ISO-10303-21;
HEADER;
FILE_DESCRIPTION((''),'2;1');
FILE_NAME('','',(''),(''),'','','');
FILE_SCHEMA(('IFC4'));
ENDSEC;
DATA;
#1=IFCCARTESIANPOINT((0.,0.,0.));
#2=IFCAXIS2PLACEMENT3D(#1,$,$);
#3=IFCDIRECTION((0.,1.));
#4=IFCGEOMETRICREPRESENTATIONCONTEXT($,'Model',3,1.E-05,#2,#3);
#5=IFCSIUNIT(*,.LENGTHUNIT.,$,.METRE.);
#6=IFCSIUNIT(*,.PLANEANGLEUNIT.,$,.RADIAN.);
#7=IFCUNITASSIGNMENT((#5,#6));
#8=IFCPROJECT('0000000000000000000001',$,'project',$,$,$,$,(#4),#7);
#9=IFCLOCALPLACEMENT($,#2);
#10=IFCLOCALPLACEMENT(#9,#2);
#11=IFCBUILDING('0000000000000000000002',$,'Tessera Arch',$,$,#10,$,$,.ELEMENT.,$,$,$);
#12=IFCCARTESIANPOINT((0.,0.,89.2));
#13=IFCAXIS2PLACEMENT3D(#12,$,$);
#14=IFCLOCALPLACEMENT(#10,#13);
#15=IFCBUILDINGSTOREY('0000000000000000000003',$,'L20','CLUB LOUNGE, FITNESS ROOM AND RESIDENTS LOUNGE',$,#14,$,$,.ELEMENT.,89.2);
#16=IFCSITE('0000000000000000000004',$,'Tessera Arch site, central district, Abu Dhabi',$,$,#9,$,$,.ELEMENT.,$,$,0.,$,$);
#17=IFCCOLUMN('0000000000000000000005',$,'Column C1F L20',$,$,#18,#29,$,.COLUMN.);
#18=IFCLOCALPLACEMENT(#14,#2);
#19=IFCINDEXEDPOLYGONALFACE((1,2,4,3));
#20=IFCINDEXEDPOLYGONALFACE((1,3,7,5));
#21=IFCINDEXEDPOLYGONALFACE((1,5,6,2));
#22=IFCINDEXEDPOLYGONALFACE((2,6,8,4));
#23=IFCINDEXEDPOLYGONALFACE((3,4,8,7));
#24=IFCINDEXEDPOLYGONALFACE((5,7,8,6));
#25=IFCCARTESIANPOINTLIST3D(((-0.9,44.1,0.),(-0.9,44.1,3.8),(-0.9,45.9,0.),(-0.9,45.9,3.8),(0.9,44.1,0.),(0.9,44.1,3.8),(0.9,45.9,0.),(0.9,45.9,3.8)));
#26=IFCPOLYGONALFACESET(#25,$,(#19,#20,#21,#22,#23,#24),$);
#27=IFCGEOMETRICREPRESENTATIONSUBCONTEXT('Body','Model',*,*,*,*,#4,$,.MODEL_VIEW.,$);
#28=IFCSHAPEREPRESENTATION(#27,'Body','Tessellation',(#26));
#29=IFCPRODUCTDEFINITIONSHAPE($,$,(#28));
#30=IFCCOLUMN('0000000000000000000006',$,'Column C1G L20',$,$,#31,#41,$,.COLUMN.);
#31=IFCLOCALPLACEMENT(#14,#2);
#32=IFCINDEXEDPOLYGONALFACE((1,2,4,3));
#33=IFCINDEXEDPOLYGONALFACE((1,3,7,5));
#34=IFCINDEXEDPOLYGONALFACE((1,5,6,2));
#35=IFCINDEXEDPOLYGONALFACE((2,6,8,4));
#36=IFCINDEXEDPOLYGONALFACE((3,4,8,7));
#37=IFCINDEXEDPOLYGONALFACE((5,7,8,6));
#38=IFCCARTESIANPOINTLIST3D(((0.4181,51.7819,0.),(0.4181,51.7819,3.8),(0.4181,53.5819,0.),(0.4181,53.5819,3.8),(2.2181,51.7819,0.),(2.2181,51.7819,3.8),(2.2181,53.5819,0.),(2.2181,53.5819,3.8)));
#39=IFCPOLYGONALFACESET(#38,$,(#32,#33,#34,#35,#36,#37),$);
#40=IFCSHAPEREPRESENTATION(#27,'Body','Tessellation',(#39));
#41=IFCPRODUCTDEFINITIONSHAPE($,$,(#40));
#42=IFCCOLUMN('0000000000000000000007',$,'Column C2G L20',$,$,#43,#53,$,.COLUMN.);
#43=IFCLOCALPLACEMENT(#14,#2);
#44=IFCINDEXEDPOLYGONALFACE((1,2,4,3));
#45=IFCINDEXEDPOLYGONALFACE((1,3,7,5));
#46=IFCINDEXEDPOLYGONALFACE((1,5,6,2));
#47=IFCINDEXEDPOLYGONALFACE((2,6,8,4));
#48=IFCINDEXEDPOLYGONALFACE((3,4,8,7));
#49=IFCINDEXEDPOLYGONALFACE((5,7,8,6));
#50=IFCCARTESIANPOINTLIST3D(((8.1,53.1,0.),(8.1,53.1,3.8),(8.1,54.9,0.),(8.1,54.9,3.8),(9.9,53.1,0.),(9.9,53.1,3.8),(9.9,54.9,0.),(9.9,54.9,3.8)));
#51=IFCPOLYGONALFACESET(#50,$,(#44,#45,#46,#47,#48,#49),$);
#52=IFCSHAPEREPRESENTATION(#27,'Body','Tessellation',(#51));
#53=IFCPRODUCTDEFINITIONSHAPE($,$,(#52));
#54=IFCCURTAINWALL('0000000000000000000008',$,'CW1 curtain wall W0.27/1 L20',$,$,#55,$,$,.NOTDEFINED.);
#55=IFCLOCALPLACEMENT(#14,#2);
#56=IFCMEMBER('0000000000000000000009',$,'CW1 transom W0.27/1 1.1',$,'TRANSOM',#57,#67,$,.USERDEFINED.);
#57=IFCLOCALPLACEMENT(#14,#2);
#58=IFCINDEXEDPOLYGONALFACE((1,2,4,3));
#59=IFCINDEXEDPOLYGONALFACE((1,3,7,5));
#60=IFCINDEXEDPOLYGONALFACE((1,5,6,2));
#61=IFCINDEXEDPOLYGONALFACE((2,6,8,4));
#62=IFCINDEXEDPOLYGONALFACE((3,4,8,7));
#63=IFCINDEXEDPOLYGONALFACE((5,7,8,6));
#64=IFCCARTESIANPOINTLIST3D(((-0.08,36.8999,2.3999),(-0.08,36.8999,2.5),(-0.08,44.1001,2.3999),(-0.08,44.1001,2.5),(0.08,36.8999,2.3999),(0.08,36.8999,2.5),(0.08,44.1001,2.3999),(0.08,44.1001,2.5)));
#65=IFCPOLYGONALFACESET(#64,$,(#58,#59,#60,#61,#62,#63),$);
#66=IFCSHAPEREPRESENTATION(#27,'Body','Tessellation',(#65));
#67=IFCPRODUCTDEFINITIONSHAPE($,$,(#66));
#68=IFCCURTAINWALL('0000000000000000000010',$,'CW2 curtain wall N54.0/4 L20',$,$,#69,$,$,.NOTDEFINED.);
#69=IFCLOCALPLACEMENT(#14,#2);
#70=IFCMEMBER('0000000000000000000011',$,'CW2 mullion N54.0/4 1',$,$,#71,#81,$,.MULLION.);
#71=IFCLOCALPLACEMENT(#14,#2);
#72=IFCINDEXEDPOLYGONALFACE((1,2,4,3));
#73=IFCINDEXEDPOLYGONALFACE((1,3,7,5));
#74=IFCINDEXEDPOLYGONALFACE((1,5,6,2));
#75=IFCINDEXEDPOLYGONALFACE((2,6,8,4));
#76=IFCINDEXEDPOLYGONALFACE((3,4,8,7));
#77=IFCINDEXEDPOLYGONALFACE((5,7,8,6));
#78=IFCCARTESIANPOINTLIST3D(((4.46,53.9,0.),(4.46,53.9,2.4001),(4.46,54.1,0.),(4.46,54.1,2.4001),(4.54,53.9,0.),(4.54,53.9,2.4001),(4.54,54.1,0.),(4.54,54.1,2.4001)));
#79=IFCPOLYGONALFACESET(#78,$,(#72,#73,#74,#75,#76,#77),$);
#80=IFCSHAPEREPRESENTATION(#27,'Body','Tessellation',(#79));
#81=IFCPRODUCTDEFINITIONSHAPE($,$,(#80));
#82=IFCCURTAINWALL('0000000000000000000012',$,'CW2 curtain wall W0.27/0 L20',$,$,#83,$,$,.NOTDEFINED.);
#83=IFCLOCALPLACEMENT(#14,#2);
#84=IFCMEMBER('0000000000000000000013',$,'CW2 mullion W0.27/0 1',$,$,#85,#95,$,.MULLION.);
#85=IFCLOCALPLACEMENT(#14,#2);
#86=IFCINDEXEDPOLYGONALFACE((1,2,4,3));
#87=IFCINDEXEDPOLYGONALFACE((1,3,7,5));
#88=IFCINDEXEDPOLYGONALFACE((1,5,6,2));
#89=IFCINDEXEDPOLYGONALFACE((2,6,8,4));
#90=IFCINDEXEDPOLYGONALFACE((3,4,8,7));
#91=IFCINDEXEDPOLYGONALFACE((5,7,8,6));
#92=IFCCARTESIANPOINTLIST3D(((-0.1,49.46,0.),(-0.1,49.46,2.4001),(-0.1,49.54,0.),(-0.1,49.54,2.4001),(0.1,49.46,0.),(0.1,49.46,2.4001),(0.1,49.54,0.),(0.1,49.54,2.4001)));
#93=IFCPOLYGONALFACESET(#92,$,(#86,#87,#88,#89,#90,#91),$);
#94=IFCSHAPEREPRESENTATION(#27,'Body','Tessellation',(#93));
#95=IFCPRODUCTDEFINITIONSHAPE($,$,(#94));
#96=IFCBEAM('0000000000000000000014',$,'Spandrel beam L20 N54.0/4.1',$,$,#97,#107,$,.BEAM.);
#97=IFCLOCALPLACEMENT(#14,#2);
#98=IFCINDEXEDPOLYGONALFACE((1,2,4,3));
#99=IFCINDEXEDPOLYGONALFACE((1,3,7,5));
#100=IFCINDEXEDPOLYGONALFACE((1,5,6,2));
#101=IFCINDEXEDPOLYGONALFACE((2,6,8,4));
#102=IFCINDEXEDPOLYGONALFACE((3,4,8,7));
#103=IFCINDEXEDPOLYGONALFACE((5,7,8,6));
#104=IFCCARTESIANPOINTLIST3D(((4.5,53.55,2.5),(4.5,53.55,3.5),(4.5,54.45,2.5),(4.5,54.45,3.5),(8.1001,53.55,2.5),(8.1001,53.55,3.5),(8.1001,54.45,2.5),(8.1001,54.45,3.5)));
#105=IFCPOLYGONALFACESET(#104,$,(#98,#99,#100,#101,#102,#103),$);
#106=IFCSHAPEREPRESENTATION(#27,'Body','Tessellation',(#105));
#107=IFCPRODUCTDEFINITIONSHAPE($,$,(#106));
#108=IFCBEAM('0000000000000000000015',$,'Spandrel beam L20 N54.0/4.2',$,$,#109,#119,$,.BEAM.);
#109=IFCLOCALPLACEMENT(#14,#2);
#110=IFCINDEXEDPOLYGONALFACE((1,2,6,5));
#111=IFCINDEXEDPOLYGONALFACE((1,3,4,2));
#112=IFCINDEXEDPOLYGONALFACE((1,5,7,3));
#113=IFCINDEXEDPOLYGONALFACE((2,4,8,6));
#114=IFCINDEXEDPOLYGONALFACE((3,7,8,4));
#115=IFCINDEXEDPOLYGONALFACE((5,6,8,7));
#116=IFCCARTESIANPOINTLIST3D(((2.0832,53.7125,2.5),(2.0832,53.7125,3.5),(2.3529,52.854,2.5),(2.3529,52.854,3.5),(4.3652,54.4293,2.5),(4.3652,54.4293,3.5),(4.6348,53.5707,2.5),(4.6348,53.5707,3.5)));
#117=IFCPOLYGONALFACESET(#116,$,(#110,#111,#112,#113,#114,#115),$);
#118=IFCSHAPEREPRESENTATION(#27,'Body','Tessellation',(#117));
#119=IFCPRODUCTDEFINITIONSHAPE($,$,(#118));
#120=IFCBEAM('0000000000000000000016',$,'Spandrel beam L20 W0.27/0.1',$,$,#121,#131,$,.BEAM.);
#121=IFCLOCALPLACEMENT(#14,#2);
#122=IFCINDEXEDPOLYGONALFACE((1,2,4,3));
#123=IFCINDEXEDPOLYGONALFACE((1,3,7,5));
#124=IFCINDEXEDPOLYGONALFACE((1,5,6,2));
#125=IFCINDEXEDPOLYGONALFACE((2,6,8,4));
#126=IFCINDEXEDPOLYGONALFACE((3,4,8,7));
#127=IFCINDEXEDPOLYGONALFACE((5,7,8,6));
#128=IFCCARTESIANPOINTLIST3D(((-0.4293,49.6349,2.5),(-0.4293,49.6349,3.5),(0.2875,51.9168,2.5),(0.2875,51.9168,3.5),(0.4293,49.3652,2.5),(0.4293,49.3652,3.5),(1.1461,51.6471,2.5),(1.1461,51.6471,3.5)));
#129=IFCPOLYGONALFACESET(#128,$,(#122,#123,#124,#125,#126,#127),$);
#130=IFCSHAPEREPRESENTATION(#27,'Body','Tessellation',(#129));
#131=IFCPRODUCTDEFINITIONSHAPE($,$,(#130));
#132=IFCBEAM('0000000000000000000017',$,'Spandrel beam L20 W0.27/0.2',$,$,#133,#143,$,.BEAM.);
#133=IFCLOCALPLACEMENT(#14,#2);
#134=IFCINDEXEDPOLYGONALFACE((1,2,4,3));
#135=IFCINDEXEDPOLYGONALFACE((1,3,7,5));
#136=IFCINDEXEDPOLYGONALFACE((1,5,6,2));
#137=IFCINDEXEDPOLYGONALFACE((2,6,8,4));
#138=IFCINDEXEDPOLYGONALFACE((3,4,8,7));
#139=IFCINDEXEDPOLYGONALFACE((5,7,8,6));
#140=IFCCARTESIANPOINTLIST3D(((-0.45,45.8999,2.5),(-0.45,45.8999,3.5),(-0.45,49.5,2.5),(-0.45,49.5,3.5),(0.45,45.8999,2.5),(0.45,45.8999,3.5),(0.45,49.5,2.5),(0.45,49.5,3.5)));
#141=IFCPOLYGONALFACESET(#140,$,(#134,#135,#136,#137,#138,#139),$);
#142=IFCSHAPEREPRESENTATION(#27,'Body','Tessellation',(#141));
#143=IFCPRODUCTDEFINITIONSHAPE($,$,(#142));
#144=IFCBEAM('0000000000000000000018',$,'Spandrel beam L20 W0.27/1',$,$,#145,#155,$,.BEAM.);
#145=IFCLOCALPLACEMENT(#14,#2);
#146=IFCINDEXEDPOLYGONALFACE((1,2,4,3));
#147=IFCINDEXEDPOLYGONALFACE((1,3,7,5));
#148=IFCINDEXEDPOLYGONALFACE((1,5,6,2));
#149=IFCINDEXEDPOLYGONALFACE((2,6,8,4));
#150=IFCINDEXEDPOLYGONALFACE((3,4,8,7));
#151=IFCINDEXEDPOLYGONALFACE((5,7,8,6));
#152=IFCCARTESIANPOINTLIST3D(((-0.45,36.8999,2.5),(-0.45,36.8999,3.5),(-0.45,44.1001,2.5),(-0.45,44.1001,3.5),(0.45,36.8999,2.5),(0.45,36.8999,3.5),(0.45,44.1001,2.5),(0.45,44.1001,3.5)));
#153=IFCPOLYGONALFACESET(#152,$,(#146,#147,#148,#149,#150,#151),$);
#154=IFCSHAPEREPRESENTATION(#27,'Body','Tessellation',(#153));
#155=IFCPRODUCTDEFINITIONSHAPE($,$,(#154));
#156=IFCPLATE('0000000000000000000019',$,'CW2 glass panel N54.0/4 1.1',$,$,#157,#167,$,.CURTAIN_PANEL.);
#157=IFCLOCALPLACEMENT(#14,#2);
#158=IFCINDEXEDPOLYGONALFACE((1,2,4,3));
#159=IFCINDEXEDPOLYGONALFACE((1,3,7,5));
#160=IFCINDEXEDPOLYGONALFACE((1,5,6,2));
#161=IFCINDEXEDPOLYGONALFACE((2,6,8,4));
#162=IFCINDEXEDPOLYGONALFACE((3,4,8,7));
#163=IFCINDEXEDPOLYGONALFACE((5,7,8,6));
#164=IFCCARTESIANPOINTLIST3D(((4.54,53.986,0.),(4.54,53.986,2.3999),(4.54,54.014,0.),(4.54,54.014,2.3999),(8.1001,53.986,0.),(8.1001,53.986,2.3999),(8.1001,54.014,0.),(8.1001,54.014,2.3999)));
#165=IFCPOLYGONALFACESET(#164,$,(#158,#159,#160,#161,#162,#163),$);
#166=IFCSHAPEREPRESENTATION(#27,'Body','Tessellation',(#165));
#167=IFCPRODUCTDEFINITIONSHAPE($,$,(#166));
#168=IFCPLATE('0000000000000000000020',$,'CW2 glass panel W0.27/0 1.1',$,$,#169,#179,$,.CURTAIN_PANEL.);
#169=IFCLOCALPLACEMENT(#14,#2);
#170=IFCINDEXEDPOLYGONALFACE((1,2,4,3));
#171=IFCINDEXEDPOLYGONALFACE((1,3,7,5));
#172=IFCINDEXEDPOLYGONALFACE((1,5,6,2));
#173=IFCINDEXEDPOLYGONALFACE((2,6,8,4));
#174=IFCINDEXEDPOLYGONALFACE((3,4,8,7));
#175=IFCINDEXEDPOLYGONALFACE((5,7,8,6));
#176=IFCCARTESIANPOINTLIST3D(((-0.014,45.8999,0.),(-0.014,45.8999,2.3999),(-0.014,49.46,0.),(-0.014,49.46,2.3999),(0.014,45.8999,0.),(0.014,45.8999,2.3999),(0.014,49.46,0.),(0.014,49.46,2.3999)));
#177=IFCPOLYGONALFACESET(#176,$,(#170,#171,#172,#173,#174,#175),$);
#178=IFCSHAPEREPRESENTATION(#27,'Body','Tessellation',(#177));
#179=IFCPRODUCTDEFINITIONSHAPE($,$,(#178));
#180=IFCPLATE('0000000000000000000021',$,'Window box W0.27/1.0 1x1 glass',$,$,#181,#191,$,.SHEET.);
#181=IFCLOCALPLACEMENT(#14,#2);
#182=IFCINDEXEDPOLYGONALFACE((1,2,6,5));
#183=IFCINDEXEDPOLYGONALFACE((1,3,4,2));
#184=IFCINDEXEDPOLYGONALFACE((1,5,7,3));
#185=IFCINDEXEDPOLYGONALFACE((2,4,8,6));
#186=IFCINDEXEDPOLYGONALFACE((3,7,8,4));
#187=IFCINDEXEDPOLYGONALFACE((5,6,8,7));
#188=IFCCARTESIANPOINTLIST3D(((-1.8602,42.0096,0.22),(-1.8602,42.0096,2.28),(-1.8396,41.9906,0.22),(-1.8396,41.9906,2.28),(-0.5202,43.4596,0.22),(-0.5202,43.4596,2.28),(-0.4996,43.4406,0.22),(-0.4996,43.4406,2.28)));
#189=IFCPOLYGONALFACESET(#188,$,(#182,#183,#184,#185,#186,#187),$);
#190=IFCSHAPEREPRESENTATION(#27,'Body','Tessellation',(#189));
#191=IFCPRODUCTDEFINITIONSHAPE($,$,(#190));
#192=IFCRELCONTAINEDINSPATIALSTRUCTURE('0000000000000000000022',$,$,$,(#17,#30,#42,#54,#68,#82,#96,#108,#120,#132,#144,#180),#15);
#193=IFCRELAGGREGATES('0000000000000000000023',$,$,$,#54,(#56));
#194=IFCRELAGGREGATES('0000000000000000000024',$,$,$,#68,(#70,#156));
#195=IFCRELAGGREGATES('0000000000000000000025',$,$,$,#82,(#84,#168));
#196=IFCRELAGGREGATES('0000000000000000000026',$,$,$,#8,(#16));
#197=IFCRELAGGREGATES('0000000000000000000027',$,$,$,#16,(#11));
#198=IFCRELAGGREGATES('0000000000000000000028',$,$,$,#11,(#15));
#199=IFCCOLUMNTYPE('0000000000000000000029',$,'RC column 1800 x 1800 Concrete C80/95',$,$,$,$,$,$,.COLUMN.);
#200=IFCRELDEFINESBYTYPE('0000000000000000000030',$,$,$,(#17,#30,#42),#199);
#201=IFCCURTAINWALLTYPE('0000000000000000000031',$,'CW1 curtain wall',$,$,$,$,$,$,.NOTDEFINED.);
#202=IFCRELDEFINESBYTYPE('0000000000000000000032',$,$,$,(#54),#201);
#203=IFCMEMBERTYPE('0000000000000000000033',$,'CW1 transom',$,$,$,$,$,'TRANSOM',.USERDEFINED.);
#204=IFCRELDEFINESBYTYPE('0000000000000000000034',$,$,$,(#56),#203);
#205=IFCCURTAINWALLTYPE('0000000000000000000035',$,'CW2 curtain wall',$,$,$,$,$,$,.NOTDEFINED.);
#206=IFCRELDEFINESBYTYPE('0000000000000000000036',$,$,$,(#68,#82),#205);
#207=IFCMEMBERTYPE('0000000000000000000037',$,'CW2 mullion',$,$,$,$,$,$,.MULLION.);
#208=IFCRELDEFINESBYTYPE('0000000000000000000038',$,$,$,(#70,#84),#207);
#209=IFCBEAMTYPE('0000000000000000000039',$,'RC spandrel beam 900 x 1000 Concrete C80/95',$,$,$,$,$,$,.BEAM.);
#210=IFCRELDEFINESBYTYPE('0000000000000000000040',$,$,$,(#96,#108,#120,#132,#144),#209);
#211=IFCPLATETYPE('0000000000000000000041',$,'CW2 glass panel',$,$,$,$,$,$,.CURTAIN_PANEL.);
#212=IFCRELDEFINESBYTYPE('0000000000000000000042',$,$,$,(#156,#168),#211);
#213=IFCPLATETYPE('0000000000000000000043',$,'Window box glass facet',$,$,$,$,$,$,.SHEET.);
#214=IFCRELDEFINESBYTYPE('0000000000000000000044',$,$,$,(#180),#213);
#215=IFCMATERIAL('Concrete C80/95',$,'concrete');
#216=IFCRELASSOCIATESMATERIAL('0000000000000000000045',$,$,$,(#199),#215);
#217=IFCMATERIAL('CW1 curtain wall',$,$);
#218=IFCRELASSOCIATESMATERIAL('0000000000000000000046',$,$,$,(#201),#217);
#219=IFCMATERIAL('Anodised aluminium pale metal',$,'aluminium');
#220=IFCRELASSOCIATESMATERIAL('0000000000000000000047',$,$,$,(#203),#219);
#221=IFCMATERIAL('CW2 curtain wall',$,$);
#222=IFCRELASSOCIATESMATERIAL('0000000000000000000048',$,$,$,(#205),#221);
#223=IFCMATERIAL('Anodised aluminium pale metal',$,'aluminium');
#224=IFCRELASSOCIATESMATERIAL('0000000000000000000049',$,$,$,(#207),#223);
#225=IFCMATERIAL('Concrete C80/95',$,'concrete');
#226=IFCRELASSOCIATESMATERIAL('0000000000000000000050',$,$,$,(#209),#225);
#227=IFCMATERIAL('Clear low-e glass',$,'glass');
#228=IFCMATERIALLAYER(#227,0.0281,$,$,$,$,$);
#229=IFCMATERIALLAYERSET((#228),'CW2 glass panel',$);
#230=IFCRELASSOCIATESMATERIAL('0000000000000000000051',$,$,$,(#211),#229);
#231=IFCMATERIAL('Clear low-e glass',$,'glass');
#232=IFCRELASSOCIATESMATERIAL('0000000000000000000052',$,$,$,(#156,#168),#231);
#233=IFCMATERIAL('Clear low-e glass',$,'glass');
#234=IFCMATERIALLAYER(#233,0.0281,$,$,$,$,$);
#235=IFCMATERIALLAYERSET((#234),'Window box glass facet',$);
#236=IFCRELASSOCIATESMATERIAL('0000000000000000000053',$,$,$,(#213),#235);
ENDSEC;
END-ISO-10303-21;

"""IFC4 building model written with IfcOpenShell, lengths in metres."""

from ifc_helpers import new_model, si_unit, direction, frame, origin, origin_2d, place, context, subcontext, project, spatial, rectangle, extrude, material, layer, layer_set, material_profile, profile_set, type_object, element, aggregate, save


model = new_model("IFC4")

# Units and contexts
model_context = context("Model", 3, precision=1e-05, world=origin(), true_north=direction((0.0, 1.0)))
body_context = subcontext(model_context, "Body", "Model", "MODEL_VIEW")
ifc_project = project(units=[si_unit("LENGTHUNIT", "METRE"), si_unit("PLANEANGLEUNIT", "RADIAN")], contexts=[model_context])

# Site, building, storey
site_placement = place(None, origin())
site = spatial("IfcSite", under=ifc_project, at=site_placement, Name="Tessera Arch site, central district, Abu Dhabi", CompositionType="ELEMENT", RefElevation=0.0)
building_placement = place(site_placement, origin())
building = spatial("IfcBuilding", under=site, at=building_placement, Name="Tessera Arch", CompositionType="ELEMENT")
storey_placement = place(building_placement, frame((0.0, 0.0, 89.2)))
storey = spatial("IfcBuildingStorey", under=building, at=storey_placement, Name="L20", Description="CLUB LOUNGE, FITNESS ROOM AND RESIDENTS LOUNGE", CompositionType="ELEMENT", Elevation=89.2)

# Columns
ifc_material_1 = material(Name="Concrete C80/95", Category="concrete")
ifc_material_profile_1 = material_profile(ifc_material_1, rectangle(XDim=1.8, YDim=1.8, at=origin_2d()), Name="RC column 1800 x 1800 Concrete C80/95")
ifc_profile_set_1 = profile_set([ifc_material_profile_1], Name="Concrete C80/95")
column_type = type_object("IfcColumnType", Name="RC column 1800 x 1800 Concrete C80/95", PredefinedType="COLUMN", material=ifc_profile_set_1)
for number, where, z_axis, x_axis, name in (
    (1, (0.0, 45.0, 0.0), (0.0, 0.0, 1.0), (1.0, 0.0, 0.0), "Column C1F L20"),
    (2, (1.3181, 52.6819, 0.0), (0.0, 0.0, 1.0), (1.0, 0.0, 0.0), "Column C1G L20"),
    (3, (9.0, 54.0, 0.0), (0.0, 0.0, 1.0), (1.0, 0.0, 0.0), "Column C2G L20"),
):
    element("IfcColumn", number, at=place(storey_placement, frame(where, z_axis=z_axis, x_axis=x_axis)), inside=storey, type_object=column_type, Name=name, PredefinedType="COLUMN", context=body_context, shape_type="SweptSolid", body=[
        extrude(rectangle(XDim=1.8, YDim=1.8, at=origin_2d()), origin(), (0.0, 0.0, 1.0), 3.8),
    ])

# Curtain walls, members
ifc_material_2 = material(Name="CW1 curtain wall")
curtain_wall_type_1 = type_object("IfcCurtainWallType", Name="CW1 curtain wall", PredefinedType="NOTDEFINED", material=ifc_material_2)
curtain_wall_1_placement = place(storey_placement, origin())
curtain_wall_1 = element("IfcCurtainWall", 4, at=curtain_wall_1_placement, inside=storey, type_object=curtain_wall_type_1, Name="CW1 curtain wall W0.27/1 L20", PredefinedType="NOTDEFINED")
ifc_material_3 = material(Name="Anodised aluminium pale metal", Category="aluminium")
ifc_material_profile_2 = material_profile(ifc_material_3, rectangle(XDim=0.1599, YDim=0.1001, at=origin_2d()), Name="AL 160x100")
ifc_profile_set_2 = profile_set([ifc_material_profile_2], Name="Anodised aluminium pale metal")
member_type_1 = type_object("IfcMemberType", Name="CW1 transom", ElementType="TRANSOM", PredefinedType="USERDEFINED", material=ifc_profile_set_2)
member_1_placement = place(storey_placement, frame((0.0, 44.1001, 2.45), z_axis=(0.0, -1.0, 0.0), x_axis=(1.0, 0.0, 0.0)))
member_1 = element("IfcMember", 5, at=member_1_placement, type_object=member_type_1, Name="CW1 transom W0.27/1 1.1", ObjectType="TRANSOM", PredefinedType="USERDEFINED", context=body_context, shape_type="SweptSolid", body=[
    extrude(rectangle(XDim=0.1599, YDim=0.1001, at=origin_2d()), origin(), (0.0, 0.0, 1.0), 7.2002),
])
aggregate(curtain_wall_1, [member_1])
ifc_material_4 = material(Name="CW2 curtain wall")
curtain_wall_type_2 = type_object("IfcCurtainWallType", Name="CW2 curtain wall", PredefinedType="NOTDEFINED", material=ifc_material_4)
curtain_wall_2_placement = place(storey_placement, origin())
curtain_wall_2 = element("IfcCurtainWall", 6, at=curtain_wall_2_placement, inside=storey, type_object=curtain_wall_type_2, Name="CW2 curtain wall N54.0/4 L20", PredefinedType="NOTDEFINED")
ifc_material_5 = material(Name="Anodised aluminium pale metal", Category="aluminium")
ifc_material_profile_3 = material_profile(ifc_material_5, rectangle(XDim=0.2, YDim=0.0801, at=origin_2d()), Name="AL 80x200")
ifc_profile_set_3 = profile_set([ifc_material_profile_3], Name="Anodised aluminium pale metal")
member_type_2 = type_object("IfcMemberType", Name="CW2 mullion", PredefinedType="MULLION", material=ifc_profile_set_3)
member_2_placement = place(storey_placement, frame((4.5, 54.0, 0.0), z_axis=(0.0, 0.0, 1.0), x_axis=(0.0, -1.0, 0.0)))
member_2 = element("IfcMember", 7, at=member_2_placement, type_object=member_type_2, Name="CW2 mullion N54.0/4 1", PredefinedType="MULLION", context=body_context, shape_type="SweptSolid", body=[
    extrude(rectangle(XDim=0.2, YDim=0.0801, at=origin_2d()), origin(), (0.0, 0.0, 1.0), 2.4001),
])
curtain_wall_3_placement = place(storey_placement, origin())
curtain_wall_3 = element("IfcCurtainWall", 8, at=curtain_wall_3_placement, inside=storey, type_object=curtain_wall_type_2, Name="CW2 curtain wall W0.27/0 L20", PredefinedType="NOTDEFINED")
member_3_placement = place(storey_placement, frame((0.0, 49.5, 0.0), z_axis=(0.0, 0.0, 1.0), x_axis=(1.0, 0.0, 0.0)))
member_3 = element("IfcMember", 9, at=member_3_placement, type_object=member_type_2, Name="CW2 mullion W0.27/0 1", PredefinedType="MULLION", context=body_context, shape_type="SweptSolid", body=[
    extrude(rectangle(XDim=0.2, YDim=0.0801, at=origin_2d()), origin(), (0.0, 0.0, 1.0), 2.4001),
])

# Beams
ifc_material_6 = material(Name="Concrete C80/95", Category="concrete")
ifc_material_profile_4 = material_profile(ifc_material_6, rectangle(XDim=0.8999, YDim=1.0, at=origin_2d()), Name="RC spandrel beam 900 x 1000 Concrete C80/95")
ifc_profile_set_4 = profile_set([ifc_material_profile_4], Name="Concrete C80/95")
beam_type = type_object("IfcBeamType", Name="RC spandrel beam 900 x 1000 Concrete C80/95", PredefinedType="BEAM", material=ifc_profile_set_4)
beam_1_placement = place(storey_placement, frame((8.1001, 54.0, 3.0), z_axis=(-1.0, 0.0, 0.0), x_axis=(0.0, -1.0, 0.0)))
element("IfcBeam", 10, at=beam_1_placement, inside=storey, type_object=beam_type, Name="Spandrel beam L20 N54.0/4.1", PredefinedType="BEAM", context=body_context, shape_type="SweptSolid", body=[
    extrude(rectangle(XDim=0.8999, YDim=1.0, at=origin_2d()), origin(), (0.0, 0.0, 1.0), 3.6001),
])
for number, where, z_axis, x_axis, name in (
    (11, (4.5, 54.0, 3.0), (-0.954041, -0.299675, 0.0), (0.299675, -0.954041, 0.0), "Spandrel beam L20 N54.0/4.2"),
    (12, (0.7168, 51.782, 3.0), (-0.299675, -0.954041, 0.0), (0.954041, -0.299675, 0.0), "Spandrel beam L20 W0.27/0.1"),
):
    element("IfcBeam", number, at=place(storey_placement, frame(where, z_axis=z_axis, x_axis=x_axis)), inside=storey, type_object=beam_type, Name=name, PredefinedType="BEAM", context=body_context, shape_type="SweptSolid", body=[
        extrude(rectangle(XDim=0.8999, YDim=1.0, at=origin_2d()), origin(), (0.0, 0.0, 1.0), 2.3918),
    ])
beam_2_placement = place(storey_placement, frame((0.0, 49.5, 3.0), z_axis=(0.0, -1.0, 0.0), x_axis=(1.0, 0.0, 0.0)))
element("IfcBeam", 13, at=beam_2_placement, inside=storey, type_object=beam_type, Name="Spandrel beam L20 W0.27/0.2", PredefinedType="BEAM", context=body_context, shape_type="SweptSolid", body=[
    extrude(rectangle(XDim=0.8999, YDim=1.0, at=origin_2d()), origin(), (0.0, 0.0, 1.0), 3.6001),
])
beam_3_placement = place(storey_placement, frame((0.0, 44.1001, 3.0), z_axis=(0.0, -1.0, 0.0), x_axis=(1.0, 0.0, 0.0)))
element("IfcBeam", 14, at=beam_3_placement, inside=storey, type_object=beam_type, Name="Spandrel beam L20 W0.27/1", PredefinedType="BEAM", context=body_context, shape_type="SweptSolid", body=[
    extrude(rectangle(XDim=0.8999, YDim=1.0, at=origin_2d()), origin(), (0.0, 0.0, 1.0), 7.2002),
])

# Plates
ifc_material_7 = material(Name="Clear low-e glass", Category="glass")
ifc_material_8 = material(Name="Clear low-e glass", Category="glass")
ifc_layer_1 = layer(ifc_material_8, 0.0281)
ifc_layer_set_1 = layer_set([ifc_layer_1], Name="CW2 glass panel")
plate_type_1 = type_object("IfcPlateType", Name="CW2 glass panel", PredefinedType="CURTAIN_PANEL", material=ifc_layer_set_1)
plate_1_placement = place(storey_placement, frame((6.3201, 54.0, 0.0), z_axis=(0.0, 0.0, 1.0), x_axis=(-1.0, 0.0, 0.0)))
plate_1 = element("IfcPlate", 15, at=plate_1_placement, type_object=plate_type_1, material=ifc_material_7, Name="CW2 glass panel N54.0/4 1.1", PredefinedType="CURTAIN_PANEL", context=body_context, shape_type="SweptSolid", body=[
    extrude(rectangle(XDim=3.5601, YDim=0.0281, at=origin_2d()), origin(), (0.0, 0.0, 1.0), 2.3999),
])
aggregate(curtain_wall_2, [member_2, plate_1])
plate_2_placement = place(storey_placement, frame((0.0, 47.6799, 0.0), z_axis=(0.0, 0.0, 1.0), x_axis=(0.0, -1.0, 0.0)))
plate_2 = element("IfcPlate", 16, at=plate_2_placement, type_object=plate_type_1, material=ifc_material_7, Name="CW2 glass panel W0.27/0 1.1", PredefinedType="CURTAIN_PANEL", context=body_context, shape_type="SweptSolid", body=[
    extrude(rectangle(XDim=3.5601, YDim=0.0281, at=origin_2d()), origin(), (0.0, 0.0, 1.0), 2.3999),
])
aggregate(curtain_wall_3, [member_3, plate_2])
ifc_material_9 = material(Name="Clear low-e glass", Category="glass")
ifc_layer_2 = layer(ifc_material_9, 0.0281)
ifc_layer_set_2 = layer_set([ifc_layer_2], Name="Window box glass facet")
plate_type_2 = type_object("IfcPlateType", Name="Window box glass facet", PredefinedType="SHEET", material=ifc_layer_set_2)
plate_3_placement = place(storey_placement, frame((-1.1799, 42.7251, 0.22), z_axis=(0.0, 0.0, 1.0), x_axis=(-0.678701, -0.734415, 0.0)))
element("IfcPlate", 17, at=plate_3_placement, inside=storey, type_object=plate_type_2, Name="Window box W0.27/1.0 1x1 glass", PredefinedType="SHEET", context=body_context, shape_type="SweptSolid", body=[
    extrude(rectangle(XDim=1.9744, YDim=0.0281, at=origin_2d()), origin(), (0.0, 0.0, 1.0), 2.0601),
])

save(model, "model.ifc")
